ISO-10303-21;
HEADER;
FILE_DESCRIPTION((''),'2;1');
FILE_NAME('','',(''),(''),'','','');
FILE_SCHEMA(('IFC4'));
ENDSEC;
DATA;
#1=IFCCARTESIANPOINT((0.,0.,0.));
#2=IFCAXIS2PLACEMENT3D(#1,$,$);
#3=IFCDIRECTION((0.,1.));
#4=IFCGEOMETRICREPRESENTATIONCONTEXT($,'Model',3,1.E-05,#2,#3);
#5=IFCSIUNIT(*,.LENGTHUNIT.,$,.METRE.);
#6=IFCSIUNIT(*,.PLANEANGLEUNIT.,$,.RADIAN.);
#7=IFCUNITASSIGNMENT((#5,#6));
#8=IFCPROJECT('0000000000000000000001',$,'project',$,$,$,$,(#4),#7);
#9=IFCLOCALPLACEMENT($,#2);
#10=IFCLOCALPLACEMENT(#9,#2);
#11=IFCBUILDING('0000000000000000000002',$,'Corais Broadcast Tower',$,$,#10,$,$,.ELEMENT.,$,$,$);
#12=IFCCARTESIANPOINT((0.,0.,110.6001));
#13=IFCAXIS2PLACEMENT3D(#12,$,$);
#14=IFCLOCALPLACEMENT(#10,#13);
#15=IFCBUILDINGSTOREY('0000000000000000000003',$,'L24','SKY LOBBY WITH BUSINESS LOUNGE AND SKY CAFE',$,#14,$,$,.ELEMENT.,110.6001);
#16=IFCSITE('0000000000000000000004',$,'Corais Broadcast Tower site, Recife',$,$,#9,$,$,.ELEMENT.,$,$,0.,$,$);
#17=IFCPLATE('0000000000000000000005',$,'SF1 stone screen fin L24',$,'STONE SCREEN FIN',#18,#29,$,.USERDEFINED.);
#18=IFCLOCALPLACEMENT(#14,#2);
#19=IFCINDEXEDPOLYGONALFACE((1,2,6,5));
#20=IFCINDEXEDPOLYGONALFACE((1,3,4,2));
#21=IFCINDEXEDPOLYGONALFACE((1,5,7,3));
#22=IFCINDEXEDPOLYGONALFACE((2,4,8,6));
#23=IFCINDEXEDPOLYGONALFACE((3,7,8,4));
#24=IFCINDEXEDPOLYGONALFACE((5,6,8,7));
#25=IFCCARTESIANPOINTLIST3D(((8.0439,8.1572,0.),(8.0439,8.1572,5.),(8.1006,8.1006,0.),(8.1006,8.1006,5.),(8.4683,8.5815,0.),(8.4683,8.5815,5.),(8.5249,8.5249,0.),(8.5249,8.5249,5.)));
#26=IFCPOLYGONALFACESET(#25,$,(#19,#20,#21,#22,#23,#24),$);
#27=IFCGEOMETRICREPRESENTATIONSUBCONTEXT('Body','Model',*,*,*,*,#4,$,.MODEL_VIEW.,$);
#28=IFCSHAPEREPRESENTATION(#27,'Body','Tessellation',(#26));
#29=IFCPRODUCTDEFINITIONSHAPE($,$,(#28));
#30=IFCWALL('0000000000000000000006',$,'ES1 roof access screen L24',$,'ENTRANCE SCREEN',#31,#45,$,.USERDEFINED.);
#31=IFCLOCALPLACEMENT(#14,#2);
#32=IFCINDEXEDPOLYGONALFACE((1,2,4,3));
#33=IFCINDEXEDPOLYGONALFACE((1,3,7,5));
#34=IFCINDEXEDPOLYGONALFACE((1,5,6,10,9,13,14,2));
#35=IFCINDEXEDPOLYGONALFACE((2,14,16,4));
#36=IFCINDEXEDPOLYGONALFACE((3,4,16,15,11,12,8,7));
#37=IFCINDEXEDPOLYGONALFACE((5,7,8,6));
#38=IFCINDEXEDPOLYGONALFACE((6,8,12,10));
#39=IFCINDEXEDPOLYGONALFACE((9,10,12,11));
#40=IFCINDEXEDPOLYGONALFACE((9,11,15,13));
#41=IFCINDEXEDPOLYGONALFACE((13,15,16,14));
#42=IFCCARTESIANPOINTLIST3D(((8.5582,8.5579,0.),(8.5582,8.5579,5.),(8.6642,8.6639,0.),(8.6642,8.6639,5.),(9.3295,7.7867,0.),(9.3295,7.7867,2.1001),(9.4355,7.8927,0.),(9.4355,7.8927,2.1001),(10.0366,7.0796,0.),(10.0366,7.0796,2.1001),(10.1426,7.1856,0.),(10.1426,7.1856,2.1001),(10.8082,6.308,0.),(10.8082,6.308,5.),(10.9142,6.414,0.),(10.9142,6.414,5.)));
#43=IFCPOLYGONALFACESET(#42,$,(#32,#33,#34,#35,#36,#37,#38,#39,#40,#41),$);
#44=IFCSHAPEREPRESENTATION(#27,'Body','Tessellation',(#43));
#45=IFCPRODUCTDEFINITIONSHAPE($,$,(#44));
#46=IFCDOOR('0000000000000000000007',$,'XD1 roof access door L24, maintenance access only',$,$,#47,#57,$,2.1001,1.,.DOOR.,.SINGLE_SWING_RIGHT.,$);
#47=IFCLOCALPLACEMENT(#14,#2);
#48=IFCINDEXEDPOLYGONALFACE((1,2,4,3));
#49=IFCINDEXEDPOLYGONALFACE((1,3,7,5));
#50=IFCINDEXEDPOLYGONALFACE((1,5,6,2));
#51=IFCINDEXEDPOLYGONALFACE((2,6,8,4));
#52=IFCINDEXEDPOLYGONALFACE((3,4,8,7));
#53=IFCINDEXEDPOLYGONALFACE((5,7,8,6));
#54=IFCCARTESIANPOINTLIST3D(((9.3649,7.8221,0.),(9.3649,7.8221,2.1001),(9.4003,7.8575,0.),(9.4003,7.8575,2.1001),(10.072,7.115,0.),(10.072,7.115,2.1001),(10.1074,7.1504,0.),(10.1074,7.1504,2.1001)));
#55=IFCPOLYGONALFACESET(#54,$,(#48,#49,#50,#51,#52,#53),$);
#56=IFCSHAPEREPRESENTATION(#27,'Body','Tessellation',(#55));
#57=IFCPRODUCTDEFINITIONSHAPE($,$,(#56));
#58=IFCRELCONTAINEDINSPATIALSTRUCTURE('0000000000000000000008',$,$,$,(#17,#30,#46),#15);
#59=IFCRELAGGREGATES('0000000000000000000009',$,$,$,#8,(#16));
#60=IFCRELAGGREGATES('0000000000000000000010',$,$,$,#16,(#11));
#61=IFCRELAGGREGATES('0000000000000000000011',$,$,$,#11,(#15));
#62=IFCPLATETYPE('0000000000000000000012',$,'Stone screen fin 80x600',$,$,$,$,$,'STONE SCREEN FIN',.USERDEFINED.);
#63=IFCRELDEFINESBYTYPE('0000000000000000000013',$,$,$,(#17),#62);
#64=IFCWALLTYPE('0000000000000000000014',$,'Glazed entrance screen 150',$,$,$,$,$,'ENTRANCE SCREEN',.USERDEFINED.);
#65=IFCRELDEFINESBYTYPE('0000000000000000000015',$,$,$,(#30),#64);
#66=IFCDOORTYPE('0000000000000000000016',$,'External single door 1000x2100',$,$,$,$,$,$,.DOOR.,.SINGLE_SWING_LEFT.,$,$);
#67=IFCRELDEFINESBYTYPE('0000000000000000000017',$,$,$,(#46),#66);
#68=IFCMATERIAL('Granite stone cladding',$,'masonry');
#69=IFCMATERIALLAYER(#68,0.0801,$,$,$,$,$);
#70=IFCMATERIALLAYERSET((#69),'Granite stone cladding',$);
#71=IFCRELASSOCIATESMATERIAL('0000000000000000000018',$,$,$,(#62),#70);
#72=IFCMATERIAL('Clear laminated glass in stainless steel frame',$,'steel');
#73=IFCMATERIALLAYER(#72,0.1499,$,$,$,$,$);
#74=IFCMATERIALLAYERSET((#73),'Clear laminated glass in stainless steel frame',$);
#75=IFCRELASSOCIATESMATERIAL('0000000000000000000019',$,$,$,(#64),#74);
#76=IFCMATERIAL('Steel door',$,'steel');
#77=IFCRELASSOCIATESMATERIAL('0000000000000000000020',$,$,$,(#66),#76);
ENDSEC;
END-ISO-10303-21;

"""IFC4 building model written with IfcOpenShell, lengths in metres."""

from ifc_helpers import new_model, si_unit, direction, frame, frame_2d, origin, origin_2d, place, context, subcontext, project, spatial, rectangle, extrude, material, layer, layer_set, type_object, element, fill, save


model = new_model("IFC4")

# Units and contexts
model_context = context("Model", 3, precision=1e-05, world=origin(), true_north=direction((0.0, 1.0)))
body_context = subcontext(model_context, "Body", "Model", "MODEL_VIEW")
ifc_project = project(units=[si_unit("LENGTHUNIT", "METRE"), si_unit("PLANEANGLEUNIT", "RADIAN")], contexts=[model_context])

# Site, building, storey
site_placement = place(None, origin())
site = spatial("IfcSite", under=ifc_project, at=site_placement, Name="Corais Broadcast Tower site, Recife", CompositionType="ELEMENT", RefElevation=0.0)
building_placement = place(site_placement, origin())
building = spatial("IfcBuilding", under=site, at=building_placement, Name="Corais Broadcast Tower", CompositionType="ELEMENT")
storey_placement = place(building_placement, frame((0.0, 0.0, 110.6001)))
storey = spatial("IfcBuildingStorey", under=building, at=storey_placement, Name="L24", Description="SKY LOBBY WITH BUSINESS LOUNGE AND SKY CAFE", CompositionType="ELEMENT", Elevation=110.6001)

# Plate
ifc_material_1 = material(Name="Granite stone cladding", Category="masonry")
ifc_layer_1 = layer(ifc_material_1, 0.0801)
ifc_layer_set_1 = layer_set([ifc_layer_1], Name="Granite stone cladding")
plate_type_1 = type_object("IfcPlateType", Name="Stone screen fin 80x600", ElementType="STONE SCREEN FIN", PredefinedType="USERDEFINED", material=ifc_layer_set_1)
for number, where, z_axis, x_axis, name in (
    (1, (8.2844, 8.3411, 0.0), (0.0, 0.0, 1.0), (-0.707107, 0.707107, 0.0), "SF1 stone screen fin L24"),
):
    element("IfcPlate", number, at=place(storey_placement, frame(where, z_axis=z_axis, x_axis=x_axis)), inside=storey, type_object=plate_type_1, Name=name, ObjectType="STONE SCREEN FIN", PredefinedType="USERDEFINED", context=body_context, shape_type="SweptSolid", body=[
        extrude(rectangle(XDim=0.0801, YDim=0.6001, at=origin_2d()), origin(), (0.0, 0.0, 1.0), 5.0),
    ])

# Wall, opening, door
ifc_material_2 = material(Name="Clear laminated glass in stainless steel frame", Category="steel")
ifc_layer_2 = layer(ifc_material_2, 0.1499)
ifc_layer_set_2 = layer_set([ifc_layer_2], Name="Clear laminated glass in stainless steel frame")
wall_type = type_object("IfcWallType", Name="Glazed entrance screen 150", ElementType="ENTRANCE SCREEN", PredefinedType="USERDEFINED", material=ifc_layer_set_2)
wall_placement = place(storey_placement, frame((10.8611, 6.3611, 0.0), z_axis=(0.0, 0.0, 1.0), x_axis=(-0.707107, 0.707107, 0.0)))
wall = element("IfcWall", 2, at=wall_placement, inside=storey, type_object=wall_type, Name="ES1 roof access screen L24", ObjectType="ENTRANCE SCREEN", PredefinedType="USERDEFINED", context=body_context, shape_type="SweptSolid", body=[
    extrude(rectangle(XDim=3.1819, YDim=0.1499, at=frame_2d((1.5908, 0.0))), origin(), (0.0, 0.0, 1.0), 5.0),
])
opening_placement = place(wall_placement, frame((1.0911, 0.0, 0.0)))
opening = element("IfcOpeningElement", 3, at=opening_placement, cuts=wall, PredefinedType="OPENING", context=body_context, shape_type="SweptSolid", body=[
    extrude(rectangle(XDim=1.0, YDim=2.1001, at=frame_2d((0.5, 1.05))), frame((0.0, 0.085, 0.0), z_axis=(0.0, -1.0, 0.0), x_axis=(1.0, 0.0, 0.0)), (0.0, 0.0, 1.0), 0.1699),
])
ifc_material_3 = material(Name="Steel door", Category="steel")
door_type = type_object("IfcDoorType", Name="External single door 1000x2100", OperationType="SINGLE_SWING_LEFT", PredefinedType="DOOR", material=ifc_material_3)
door_placement = place(opening_placement, origin())
door = element("IfcDoor", 4, at=door_placement, inside=storey, type_object=door_type, Name="XD1 roof access door L24, maintenance access only", OperationType="SINGLE_SWING_RIGHT", OverallHeight=2.1001, OverallWidth=1.0, PredefinedType="DOOR", context=body_context, shape_type="SweptSolid", body=[
    extrude(rectangle(XDim=1.0, YDim=2.1001, at=frame_2d((0.5, 1.05))), frame((0.0, 0.0249, 0.0), z_axis=(0.0, -1.0, 0.0), x_axis=(1.0, 0.0, 0.0)), (0.0, 0.0, 1.0), 0.05),
])
fill(opening, door)

save(model, "model.ifc")
